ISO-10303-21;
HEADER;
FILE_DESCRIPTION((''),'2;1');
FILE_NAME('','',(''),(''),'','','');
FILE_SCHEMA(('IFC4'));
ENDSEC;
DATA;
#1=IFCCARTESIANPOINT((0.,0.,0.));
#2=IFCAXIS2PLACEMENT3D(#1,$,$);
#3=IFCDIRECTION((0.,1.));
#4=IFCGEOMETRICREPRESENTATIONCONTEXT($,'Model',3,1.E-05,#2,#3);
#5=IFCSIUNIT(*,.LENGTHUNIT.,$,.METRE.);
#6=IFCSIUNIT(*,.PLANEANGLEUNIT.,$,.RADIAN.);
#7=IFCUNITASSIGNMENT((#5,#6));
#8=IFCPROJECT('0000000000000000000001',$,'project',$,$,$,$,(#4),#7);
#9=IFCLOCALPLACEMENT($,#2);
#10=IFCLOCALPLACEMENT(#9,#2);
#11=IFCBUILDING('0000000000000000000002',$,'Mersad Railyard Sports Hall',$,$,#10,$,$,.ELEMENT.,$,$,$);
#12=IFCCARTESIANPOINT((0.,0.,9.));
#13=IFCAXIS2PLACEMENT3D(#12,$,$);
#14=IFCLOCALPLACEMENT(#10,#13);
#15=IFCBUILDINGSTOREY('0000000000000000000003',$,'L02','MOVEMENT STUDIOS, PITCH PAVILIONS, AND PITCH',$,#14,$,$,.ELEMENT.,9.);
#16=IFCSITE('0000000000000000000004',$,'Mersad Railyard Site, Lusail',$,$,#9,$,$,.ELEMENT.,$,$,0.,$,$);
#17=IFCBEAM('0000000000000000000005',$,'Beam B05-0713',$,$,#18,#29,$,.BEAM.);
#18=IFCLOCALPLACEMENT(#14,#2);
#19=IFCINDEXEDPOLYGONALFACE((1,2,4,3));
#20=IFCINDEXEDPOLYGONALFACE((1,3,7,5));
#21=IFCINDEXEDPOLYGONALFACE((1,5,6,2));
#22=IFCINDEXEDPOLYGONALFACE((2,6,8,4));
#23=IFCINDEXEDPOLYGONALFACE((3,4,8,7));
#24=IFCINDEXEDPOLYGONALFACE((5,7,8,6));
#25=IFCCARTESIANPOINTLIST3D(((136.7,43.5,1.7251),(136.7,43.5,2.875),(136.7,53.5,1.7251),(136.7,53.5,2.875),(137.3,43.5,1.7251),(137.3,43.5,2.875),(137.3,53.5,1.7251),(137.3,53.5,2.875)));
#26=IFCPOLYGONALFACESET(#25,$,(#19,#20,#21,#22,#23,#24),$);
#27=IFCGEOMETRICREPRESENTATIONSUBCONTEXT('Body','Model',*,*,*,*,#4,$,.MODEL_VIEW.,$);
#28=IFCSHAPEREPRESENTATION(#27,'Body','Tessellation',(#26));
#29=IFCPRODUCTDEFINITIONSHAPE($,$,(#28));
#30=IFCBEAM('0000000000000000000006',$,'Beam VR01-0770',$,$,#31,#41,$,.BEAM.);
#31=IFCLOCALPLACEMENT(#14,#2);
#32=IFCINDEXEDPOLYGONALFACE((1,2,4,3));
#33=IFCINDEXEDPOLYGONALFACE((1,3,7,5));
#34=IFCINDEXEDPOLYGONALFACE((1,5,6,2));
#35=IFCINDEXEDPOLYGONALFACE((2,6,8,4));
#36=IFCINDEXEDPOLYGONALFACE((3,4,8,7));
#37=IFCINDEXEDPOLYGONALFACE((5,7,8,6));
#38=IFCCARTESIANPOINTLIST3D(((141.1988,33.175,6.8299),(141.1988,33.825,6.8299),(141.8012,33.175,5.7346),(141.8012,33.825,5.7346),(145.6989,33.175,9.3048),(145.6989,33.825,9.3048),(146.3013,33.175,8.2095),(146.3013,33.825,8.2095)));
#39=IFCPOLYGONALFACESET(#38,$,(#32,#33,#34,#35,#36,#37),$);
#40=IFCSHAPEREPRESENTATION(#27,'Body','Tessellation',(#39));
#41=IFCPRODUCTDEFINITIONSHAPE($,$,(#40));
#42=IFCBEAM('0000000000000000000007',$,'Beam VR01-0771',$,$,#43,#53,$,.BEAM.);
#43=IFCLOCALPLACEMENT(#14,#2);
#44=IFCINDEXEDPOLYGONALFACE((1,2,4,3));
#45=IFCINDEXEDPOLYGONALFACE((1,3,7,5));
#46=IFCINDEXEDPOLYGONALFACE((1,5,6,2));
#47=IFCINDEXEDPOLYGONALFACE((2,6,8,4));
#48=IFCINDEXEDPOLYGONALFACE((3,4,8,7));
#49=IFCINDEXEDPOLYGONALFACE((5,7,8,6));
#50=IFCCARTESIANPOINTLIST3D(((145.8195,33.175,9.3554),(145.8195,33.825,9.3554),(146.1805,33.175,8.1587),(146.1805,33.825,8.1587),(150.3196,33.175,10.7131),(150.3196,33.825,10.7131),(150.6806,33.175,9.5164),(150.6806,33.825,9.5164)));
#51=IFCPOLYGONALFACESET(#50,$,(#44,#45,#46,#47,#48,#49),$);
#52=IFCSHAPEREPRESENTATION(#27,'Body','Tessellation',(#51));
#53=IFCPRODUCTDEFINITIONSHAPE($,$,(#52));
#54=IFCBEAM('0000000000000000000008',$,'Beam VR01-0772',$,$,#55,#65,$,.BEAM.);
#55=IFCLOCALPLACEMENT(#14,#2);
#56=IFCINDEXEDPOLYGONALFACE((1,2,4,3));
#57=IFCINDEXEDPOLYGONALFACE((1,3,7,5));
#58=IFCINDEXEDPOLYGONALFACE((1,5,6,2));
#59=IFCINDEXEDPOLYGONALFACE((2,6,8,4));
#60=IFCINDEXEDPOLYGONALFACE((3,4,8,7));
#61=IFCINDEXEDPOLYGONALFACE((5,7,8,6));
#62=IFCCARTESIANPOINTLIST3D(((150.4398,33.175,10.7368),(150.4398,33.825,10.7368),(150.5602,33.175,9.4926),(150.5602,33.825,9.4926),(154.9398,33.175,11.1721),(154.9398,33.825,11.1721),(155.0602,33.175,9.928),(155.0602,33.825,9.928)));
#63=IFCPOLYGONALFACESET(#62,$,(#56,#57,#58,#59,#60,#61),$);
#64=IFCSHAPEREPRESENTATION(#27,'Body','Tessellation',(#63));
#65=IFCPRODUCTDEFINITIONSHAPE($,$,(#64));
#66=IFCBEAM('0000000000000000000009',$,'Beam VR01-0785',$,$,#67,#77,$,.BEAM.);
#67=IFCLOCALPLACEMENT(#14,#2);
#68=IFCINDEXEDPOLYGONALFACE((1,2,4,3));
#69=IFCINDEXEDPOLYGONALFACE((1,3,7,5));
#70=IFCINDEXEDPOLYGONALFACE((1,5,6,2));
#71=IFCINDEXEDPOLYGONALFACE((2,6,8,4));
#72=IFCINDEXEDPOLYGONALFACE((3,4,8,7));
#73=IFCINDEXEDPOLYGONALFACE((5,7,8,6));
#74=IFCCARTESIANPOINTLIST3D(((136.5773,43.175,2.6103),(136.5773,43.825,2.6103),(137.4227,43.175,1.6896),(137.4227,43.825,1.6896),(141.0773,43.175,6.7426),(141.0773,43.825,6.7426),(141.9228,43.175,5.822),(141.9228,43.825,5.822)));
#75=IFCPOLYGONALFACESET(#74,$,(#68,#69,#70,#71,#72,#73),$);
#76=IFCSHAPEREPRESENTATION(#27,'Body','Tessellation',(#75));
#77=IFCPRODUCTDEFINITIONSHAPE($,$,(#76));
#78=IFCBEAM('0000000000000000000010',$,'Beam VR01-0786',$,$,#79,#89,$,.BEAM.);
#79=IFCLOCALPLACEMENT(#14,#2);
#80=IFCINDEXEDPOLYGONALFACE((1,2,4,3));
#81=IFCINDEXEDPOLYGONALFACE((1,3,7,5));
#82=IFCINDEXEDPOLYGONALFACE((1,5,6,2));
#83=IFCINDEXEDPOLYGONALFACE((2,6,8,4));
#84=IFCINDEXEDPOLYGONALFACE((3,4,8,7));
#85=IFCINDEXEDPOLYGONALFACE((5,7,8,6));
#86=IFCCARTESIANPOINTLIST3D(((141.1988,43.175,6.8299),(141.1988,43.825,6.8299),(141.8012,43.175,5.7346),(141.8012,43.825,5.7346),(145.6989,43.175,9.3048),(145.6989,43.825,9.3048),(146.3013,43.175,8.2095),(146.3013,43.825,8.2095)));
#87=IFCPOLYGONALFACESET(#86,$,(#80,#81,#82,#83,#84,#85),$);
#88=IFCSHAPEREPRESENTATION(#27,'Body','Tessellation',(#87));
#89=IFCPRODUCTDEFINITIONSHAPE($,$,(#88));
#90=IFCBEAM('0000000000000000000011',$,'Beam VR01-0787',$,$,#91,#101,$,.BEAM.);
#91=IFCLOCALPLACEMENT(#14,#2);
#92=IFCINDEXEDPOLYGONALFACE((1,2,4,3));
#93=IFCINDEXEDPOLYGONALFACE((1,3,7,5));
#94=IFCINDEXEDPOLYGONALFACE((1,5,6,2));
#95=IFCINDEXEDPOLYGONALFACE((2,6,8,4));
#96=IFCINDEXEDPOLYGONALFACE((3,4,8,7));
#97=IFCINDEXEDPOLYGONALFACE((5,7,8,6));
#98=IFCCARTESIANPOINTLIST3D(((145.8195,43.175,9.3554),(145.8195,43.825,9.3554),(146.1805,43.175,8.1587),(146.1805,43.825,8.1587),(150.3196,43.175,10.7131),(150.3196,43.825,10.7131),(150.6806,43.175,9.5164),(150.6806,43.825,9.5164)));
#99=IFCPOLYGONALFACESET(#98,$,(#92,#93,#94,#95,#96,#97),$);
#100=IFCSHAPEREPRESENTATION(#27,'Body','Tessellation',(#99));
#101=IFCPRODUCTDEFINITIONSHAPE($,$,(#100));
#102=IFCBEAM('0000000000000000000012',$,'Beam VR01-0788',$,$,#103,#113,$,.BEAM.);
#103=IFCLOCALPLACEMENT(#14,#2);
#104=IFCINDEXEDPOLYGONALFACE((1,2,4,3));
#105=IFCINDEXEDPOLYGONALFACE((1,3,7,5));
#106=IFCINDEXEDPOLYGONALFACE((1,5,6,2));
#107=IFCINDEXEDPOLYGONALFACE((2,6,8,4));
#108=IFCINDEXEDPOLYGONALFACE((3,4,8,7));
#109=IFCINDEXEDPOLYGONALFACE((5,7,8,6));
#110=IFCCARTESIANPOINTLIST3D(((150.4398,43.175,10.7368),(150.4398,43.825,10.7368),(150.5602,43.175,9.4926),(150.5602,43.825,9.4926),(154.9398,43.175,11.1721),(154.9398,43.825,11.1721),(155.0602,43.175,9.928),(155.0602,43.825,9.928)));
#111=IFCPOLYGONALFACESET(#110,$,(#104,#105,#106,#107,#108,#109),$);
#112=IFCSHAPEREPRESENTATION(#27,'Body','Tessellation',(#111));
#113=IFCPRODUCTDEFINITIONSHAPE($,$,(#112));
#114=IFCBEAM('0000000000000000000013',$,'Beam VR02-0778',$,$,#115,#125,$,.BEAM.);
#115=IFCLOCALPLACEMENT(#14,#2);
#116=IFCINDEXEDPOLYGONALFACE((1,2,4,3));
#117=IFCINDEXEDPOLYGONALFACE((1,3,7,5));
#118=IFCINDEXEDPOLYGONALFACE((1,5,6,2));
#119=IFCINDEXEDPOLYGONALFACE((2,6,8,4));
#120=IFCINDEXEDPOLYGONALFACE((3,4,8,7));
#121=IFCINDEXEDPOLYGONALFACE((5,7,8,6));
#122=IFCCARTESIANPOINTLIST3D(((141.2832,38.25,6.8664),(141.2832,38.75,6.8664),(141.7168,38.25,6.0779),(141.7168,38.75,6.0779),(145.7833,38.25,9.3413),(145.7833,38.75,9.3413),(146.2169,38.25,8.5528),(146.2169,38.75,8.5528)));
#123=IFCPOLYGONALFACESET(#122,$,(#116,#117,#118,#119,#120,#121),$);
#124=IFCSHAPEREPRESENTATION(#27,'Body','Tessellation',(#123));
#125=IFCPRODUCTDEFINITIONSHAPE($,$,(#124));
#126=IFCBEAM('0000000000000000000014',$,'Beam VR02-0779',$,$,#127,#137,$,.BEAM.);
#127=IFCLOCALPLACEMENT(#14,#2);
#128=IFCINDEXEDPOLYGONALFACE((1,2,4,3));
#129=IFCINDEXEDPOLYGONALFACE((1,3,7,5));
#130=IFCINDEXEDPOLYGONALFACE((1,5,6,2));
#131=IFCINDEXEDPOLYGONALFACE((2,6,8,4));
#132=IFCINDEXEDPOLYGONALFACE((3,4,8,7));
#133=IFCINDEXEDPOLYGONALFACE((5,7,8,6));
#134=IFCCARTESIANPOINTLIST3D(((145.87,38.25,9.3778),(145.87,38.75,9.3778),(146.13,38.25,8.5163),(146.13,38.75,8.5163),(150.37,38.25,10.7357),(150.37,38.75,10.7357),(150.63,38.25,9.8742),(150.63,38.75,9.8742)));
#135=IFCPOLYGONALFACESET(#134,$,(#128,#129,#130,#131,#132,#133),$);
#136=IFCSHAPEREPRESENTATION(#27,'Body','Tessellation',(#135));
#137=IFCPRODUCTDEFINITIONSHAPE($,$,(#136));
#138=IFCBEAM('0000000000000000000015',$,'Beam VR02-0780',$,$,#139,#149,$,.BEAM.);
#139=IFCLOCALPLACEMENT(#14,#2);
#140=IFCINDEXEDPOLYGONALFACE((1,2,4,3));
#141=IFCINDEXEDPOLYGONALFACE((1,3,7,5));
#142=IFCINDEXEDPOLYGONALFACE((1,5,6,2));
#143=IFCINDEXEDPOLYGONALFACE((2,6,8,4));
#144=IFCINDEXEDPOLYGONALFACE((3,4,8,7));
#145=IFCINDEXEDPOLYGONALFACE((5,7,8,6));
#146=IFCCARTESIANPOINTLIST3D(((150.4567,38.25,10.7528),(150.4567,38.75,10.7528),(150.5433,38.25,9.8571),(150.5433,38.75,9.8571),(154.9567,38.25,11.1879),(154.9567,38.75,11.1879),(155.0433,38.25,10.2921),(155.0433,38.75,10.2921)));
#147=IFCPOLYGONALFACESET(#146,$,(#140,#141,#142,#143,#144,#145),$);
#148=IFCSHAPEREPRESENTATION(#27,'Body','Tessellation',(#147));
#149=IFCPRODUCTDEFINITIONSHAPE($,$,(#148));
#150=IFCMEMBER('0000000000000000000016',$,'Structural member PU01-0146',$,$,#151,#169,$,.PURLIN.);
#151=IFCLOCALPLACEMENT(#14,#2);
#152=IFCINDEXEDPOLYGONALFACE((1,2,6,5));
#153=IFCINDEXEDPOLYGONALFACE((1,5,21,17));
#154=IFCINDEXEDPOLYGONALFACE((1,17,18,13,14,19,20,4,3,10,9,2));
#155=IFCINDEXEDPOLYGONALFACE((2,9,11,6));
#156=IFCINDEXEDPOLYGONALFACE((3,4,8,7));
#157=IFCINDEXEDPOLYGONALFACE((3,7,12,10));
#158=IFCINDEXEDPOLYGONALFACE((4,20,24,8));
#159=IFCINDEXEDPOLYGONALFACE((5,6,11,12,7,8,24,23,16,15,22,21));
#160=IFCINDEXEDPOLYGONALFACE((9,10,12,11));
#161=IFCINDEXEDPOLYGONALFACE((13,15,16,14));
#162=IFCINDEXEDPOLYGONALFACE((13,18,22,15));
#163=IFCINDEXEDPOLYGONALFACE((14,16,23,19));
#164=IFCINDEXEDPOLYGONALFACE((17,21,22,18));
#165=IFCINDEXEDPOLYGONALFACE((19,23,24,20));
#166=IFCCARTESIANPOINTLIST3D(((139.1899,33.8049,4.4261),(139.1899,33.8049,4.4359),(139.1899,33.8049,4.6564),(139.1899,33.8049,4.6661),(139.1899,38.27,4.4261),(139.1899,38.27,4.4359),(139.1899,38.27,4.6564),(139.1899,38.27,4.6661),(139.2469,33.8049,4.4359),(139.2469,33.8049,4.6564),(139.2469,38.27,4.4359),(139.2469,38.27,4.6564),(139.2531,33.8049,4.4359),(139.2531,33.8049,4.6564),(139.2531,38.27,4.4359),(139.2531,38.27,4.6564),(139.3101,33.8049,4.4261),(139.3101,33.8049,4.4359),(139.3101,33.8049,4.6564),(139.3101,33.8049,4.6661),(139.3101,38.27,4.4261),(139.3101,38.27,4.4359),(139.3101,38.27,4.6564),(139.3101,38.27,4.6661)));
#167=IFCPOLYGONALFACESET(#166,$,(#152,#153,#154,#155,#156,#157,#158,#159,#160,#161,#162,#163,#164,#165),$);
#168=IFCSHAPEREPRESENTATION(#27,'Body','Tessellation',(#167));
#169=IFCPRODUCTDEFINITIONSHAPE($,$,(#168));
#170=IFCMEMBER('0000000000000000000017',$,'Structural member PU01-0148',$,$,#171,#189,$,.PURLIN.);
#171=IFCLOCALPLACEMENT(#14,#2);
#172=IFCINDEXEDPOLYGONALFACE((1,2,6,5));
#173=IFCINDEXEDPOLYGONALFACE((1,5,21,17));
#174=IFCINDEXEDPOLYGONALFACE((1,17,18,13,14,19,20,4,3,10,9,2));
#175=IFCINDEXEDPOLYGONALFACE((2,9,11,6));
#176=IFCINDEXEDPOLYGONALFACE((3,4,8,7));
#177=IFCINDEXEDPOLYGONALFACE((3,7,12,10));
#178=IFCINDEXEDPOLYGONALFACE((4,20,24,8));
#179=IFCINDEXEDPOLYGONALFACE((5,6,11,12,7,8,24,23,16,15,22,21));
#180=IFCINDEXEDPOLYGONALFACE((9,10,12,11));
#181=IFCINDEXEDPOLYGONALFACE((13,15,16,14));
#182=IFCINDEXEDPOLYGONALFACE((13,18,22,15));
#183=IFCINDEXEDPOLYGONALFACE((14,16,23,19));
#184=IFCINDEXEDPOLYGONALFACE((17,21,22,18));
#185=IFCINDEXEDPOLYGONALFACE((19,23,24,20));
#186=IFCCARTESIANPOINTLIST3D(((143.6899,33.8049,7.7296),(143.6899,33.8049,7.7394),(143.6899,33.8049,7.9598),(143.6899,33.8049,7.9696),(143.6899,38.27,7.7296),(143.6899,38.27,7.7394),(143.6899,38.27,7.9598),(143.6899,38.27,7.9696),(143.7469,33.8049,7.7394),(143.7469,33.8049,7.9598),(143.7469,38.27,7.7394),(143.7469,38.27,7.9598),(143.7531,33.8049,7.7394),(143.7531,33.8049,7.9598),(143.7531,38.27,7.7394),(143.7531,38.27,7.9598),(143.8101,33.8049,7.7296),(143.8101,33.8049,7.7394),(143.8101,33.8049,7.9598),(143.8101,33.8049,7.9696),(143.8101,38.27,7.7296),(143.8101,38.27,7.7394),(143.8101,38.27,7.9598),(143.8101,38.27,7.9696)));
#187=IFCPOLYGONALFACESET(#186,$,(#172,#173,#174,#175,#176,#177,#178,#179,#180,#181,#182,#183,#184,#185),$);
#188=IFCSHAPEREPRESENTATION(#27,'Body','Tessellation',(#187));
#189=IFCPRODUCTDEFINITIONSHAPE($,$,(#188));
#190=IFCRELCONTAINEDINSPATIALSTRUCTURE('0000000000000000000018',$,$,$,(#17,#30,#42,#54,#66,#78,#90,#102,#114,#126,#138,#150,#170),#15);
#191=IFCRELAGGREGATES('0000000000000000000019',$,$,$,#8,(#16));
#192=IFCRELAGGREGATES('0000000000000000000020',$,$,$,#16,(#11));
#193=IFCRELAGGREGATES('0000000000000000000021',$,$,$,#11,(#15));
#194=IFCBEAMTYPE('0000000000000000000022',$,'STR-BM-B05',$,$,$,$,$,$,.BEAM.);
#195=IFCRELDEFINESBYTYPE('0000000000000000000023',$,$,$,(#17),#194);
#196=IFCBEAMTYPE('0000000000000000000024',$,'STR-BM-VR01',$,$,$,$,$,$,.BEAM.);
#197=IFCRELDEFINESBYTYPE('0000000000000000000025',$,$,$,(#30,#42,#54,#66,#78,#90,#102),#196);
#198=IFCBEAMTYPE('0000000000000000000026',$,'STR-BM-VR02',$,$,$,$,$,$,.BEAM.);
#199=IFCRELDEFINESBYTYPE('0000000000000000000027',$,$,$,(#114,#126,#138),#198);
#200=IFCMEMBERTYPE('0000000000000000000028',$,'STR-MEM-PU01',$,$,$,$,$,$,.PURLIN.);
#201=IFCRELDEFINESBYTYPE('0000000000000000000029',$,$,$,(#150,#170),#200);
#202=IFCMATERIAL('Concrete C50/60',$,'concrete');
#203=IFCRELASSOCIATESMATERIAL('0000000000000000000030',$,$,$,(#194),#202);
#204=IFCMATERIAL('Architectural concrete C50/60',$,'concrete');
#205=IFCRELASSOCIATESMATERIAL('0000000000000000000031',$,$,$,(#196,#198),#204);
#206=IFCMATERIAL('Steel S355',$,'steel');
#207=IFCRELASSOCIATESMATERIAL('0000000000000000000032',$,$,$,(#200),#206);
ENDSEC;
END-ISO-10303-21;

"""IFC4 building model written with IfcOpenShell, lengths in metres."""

from ifc_helpers import new_model, si_unit, direction, frame, origin, origin_2d, place, context, subcontext, project, spatial, rectangle, i_section, extrude, material, material_profile, profile_set, type_object, element, save


model = new_model("IFC4")

# Units and contexts
model_context = context("Model", 3, precision=1e-05, world=origin(), true_north=direction((0.0, 1.0)))
body_context = subcontext(model_context, "Body", "Model", "MODEL_VIEW")
ifc_project = project(units=[si_unit("LENGTHUNIT", "METRE"), si_unit("PLANEANGLEUNIT", "RADIAN")], contexts=[model_context])

# Site, building, storey
site_placement = place(None, origin())
site = spatial("IfcSite", under=ifc_project, at=site_placement, Name="Mersad Railyard Site, Lusail", CompositionType="ELEMENT", RefElevation=0.0)
building_placement = place(site_placement, origin())
building = spatial("IfcBuilding", under=site, at=building_placement, Name="Mersad Railyard Sports Hall", CompositionType="ELEMENT")
storey_placement = place(building_placement, frame((0.0, 0.0, 9.0)))
storey = spatial("IfcBuildingStorey", under=building, at=storey_placement, Name="L02", Description="MOVEMENT STUDIOS, PITCH PAVILIONS, AND PITCH", CompositionType="ELEMENT", Elevation=9.0)

# Beams
ifc_material_1 = material(Name="Concrete C50/60", Category="concrete")
ifc_material_profile_1 = material_profile(ifc_material_1, rectangle(XDim=0.6001, YDim=1.1499, at=origin_2d()), Name="RC 600x1150")
ifc_profile_set_1 = profile_set([ifc_material_profile_1], Name="Concrete C50/60")
beam_type_1 = type_object("IfcBeamType", Name="STR-BM-B05", PredefinedType="BEAM", material=ifc_profile_set_1)
beam_1_placement = place(storey_placement, frame((137.0, 43.5, 2.3), z_axis=(0.0, 1.0, 0.0), x_axis=(-1.0, 0.0, 0.0)))
element("IfcBeam", 1, at=beam_1_placement, inside=storey, type_object=beam_type_1, Name="Beam B05-0713", PredefinedType="BEAM", context=body_context, shape_type="SweptSolid", body=[
    extrude(rectangle(XDim=0.6001, YDim=1.1499, at=origin_2d()), origin(), (0.0, 0.0, 1.0), 10.0),
])
ifc_material_2 = material(Name="Architectural concrete C50/60", Category="concrete")
ifc_material_profile_2 = material_profile(ifc_material_2, rectangle(XDim=0.6499, YDim=1.25, at=origin_2d()), Name="VR 650x1250")
ifc_profile_set_2 = profile_set([ifc_material_profile_2], Name="Architectural concrete C50/60")
beam_type_2 = type_object("IfcBeamType", Name="STR-BM-VR01", PredefinedType="BEAM", material=ifc_profile_set_2)
beam_2_placement = place(storey_placement, frame((141.5, 33.5, 6.2822), z_axis=(0.876228, 0.0, 0.481897), x_axis=(0.0, 1.0, 0.0)))
element("IfcBeam", 2, at=beam_2_placement, inside=storey, type_object=beam_type_2, Name="Beam VR01-0770", PredefinedType="BEAM", context=body_context, shape_type="SweptSolid", body=[
    extrude(rectangle(XDim=0.6499, YDim=1.25, at=origin_2d()), origin(), (0.0, 0.0, 1.0), 5.1357),
])
beam_3_placement = place(storey_placement, frame((146.0, 33.5, 8.7571), z_axis=(0.957376, 0.0, 0.288844), x_axis=(0.0, 1.0, 0.0)))
element("IfcBeam", 3, at=beam_3_placement, inside=storey, type_object=beam_type_2, Name="Beam VR01-0771", PredefinedType="BEAM", context=body_context, shape_type="SweptSolid", body=[
    extrude(rectangle(XDim=0.6499, YDim=1.25, at=origin_2d()), origin(), (0.0, 0.0, 1.0), 4.7004),
])
beam_4_placement = place(storey_placement, frame((150.5, 33.5, 10.1147), z_axis=(0.995354, 0.0, 0.096285), x_axis=(0.0, 1.0, 0.0)))
element("IfcBeam", 4, at=beam_4_placement, inside=storey, type_object=beam_type_2, Name="Beam VR01-0772", PredefinedType="BEAM", context=body_context, shape_type="SweptSolid", body=[
    extrude(rectangle(XDim=0.6499, YDim=1.25, at=origin_2d()), origin(), (0.0, 0.0, 1.0), 4.521),
])
beam_5_placement = place(storey_placement, frame((137.0, 43.5, 2.1499), z_axis=(0.736557, 0.0, 0.676376), x_axis=(0.0, 1.0, 0.0)))
element("IfcBeam", 5, at=beam_5_placement, inside=storey, type_object=beam_type_2, Name="Beam VR01-0785", PredefinedType="BEAM", context=body_context, shape_type="SweptSolid", body=[
    extrude(rectangle(XDim=0.6499, YDim=1.25, at=origin_2d()), origin(), (0.0, 0.0, 1.0), 6.1096),
])
beam_6_placement = place(storey_placement, frame((141.5, 43.5, 6.2822), z_axis=(0.876228, 0.0, 0.481897), x_axis=(0.0, 1.0, 0.0)))
element("IfcBeam", 6, at=beam_6_placement, inside=storey, type_object=beam_type_2, Name="Beam VR01-0786", PredefinedType="BEAM", context=body_context, shape_type="SweptSolid", body=[
    extrude(rectangle(XDim=0.6499, YDim=1.25, at=origin_2d()), origin(), (0.0, 0.0, 1.0), 5.1357),
])
beam_7_placement = place(storey_placement, frame((146.0, 43.5, 8.7571), z_axis=(0.957376, 0.0, 0.288844), x_axis=(0.0, 1.0, 0.0)))
element("IfcBeam", 7, at=beam_7_placement, inside=storey, type_object=beam_type_2, Name="Beam VR01-0787", PredefinedType="BEAM", context=body_context, shape_type="SweptSolid", body=[
    extrude(rectangle(XDim=0.6499, YDim=1.25, at=origin_2d()), origin(), (0.0, 0.0, 1.0), 4.7004),
])
beam_8_placement = place(storey_placement, frame((150.5, 43.5, 10.1147), z_axis=(0.995354, 0.0, 0.096285), x_axis=(0.0, 1.0, 0.0)))
element("IfcBeam", 8, at=beam_8_placement, inside=storey, type_object=beam_type_2, Name="Beam VR01-0788", PredefinedType="BEAM", context=body_context, shape_type="SweptSolid", body=[
    extrude(rectangle(XDim=0.6499, YDim=1.25, at=origin_2d()), origin(), (0.0, 0.0, 1.0), 4.521),
])
ifc_material_profile_3 = material_profile(ifc_material_2, rectangle(XDim=0.5, YDim=0.8999, at=origin_2d()), Name="VR 500x900")
ifc_profile_set_3 = profile_set([ifc_material_profile_3], Name="Architectural concrete C50/60")
beam_type_3 = type_object("IfcBeamType", Name="STR-BM-VR02", PredefinedType="BEAM", material=ifc_profile_set_3)
beam_9_placement = place(storey_placement, frame((141.5, 38.5, 6.4722), z_axis=(0.876228, 0.0, 0.481897), x_axis=(0.0, 1.0, 0.0)))
element("IfcBeam", 9, at=beam_9_placement, inside=storey, type_object=beam_type_3, Name="Beam VR02-0778", PredefinedType="BEAM", context=body_context, shape_type="SweptSolid", body=[
    extrude(rectangle(XDim=0.5, YDim=0.8999, at=origin_2d()), origin(), (0.0, 0.0, 1.0), 5.1357),
])
beam_10_placement = place(storey_placement, frame((146.0, 38.5, 8.947), z_axis=(0.957362, 0.0, 0.288891), x_axis=(0.0, 1.0, 0.0)))
element("IfcBeam", 10, at=beam_10_placement, inside=storey, type_object=beam_type_3, Name="Beam VR02-0779", PredefinedType="BEAM", context=body_context, shape_type="SweptSolid", body=[
    extrude(rectangle(XDim=0.5, YDim=0.8999, at=origin_2d()), origin(), (0.0, 0.0, 1.0), 4.7004),
])
beam_11_placement = place(storey_placement, frame((150.5, 38.5, 10.3049), z_axis=(0.995359, 0.0, 0.096231), x_axis=(0.0, 1.0, 0.0)))
element("IfcBeam", 11, at=beam_11_placement, inside=storey, type_object=beam_type_3, Name="Beam VR02-0780", PredefinedType="BEAM", context=body_context, shape_type="SweptSolid", body=[
    extrude(rectangle(XDim=0.5, YDim=0.8999, at=origin_2d()), origin(), (0.0, 0.0, 1.0), 4.521),
])

# Members
ifc_material_3 = material(Name="Steel S355", Category="steel")
ifc_material_profile_4 = material_profile(ifc_material_3, i_section(OverallWidth=0.1201, OverallDepth=0.24, WebThickness=0.0061, FlangeThickness=0.0098, at=origin_2d()), Name="IPE 240")
ifc_profile_set_4 = profile_set([ifc_material_profile_4], Name="Steel S355")
member_type_1 = type_object("IfcMemberType", Name="STR-MEM-PU01", PredefinedType="PURLIN", material=ifc_profile_set_4)
for number, where, z_axis, x_axis, name in (
    (12, (139.25, 33.8049, 4.5461), (0.0, 1.0, 0.0), (-1.0, 0.0, 0.0), "Structural member PU01-0146"),
    (13, (143.75, 33.8049, 7.8496), (0.0, 1.0, 0.0), (-1.0, 0.0, 0.0), "Structural member PU01-0148"),
):
    element("IfcMember", number, at=place(storey_placement, frame(where, z_axis=z_axis, x_axis=x_axis)), inside=storey, type_object=member_type_1, Name=name, PredefinedType="PURLIN", context=body_context, shape_type="SweptSolid", body=[
        extrude(i_section(OverallWidth=0.1201, OverallDepth=0.24, WebThickness=0.0061, FlangeThickness=0.0098, at=origin_2d()), origin(), (0.0, 0.0, 1.0), 4.4651),
    ])

save(model, "model.ifc")
